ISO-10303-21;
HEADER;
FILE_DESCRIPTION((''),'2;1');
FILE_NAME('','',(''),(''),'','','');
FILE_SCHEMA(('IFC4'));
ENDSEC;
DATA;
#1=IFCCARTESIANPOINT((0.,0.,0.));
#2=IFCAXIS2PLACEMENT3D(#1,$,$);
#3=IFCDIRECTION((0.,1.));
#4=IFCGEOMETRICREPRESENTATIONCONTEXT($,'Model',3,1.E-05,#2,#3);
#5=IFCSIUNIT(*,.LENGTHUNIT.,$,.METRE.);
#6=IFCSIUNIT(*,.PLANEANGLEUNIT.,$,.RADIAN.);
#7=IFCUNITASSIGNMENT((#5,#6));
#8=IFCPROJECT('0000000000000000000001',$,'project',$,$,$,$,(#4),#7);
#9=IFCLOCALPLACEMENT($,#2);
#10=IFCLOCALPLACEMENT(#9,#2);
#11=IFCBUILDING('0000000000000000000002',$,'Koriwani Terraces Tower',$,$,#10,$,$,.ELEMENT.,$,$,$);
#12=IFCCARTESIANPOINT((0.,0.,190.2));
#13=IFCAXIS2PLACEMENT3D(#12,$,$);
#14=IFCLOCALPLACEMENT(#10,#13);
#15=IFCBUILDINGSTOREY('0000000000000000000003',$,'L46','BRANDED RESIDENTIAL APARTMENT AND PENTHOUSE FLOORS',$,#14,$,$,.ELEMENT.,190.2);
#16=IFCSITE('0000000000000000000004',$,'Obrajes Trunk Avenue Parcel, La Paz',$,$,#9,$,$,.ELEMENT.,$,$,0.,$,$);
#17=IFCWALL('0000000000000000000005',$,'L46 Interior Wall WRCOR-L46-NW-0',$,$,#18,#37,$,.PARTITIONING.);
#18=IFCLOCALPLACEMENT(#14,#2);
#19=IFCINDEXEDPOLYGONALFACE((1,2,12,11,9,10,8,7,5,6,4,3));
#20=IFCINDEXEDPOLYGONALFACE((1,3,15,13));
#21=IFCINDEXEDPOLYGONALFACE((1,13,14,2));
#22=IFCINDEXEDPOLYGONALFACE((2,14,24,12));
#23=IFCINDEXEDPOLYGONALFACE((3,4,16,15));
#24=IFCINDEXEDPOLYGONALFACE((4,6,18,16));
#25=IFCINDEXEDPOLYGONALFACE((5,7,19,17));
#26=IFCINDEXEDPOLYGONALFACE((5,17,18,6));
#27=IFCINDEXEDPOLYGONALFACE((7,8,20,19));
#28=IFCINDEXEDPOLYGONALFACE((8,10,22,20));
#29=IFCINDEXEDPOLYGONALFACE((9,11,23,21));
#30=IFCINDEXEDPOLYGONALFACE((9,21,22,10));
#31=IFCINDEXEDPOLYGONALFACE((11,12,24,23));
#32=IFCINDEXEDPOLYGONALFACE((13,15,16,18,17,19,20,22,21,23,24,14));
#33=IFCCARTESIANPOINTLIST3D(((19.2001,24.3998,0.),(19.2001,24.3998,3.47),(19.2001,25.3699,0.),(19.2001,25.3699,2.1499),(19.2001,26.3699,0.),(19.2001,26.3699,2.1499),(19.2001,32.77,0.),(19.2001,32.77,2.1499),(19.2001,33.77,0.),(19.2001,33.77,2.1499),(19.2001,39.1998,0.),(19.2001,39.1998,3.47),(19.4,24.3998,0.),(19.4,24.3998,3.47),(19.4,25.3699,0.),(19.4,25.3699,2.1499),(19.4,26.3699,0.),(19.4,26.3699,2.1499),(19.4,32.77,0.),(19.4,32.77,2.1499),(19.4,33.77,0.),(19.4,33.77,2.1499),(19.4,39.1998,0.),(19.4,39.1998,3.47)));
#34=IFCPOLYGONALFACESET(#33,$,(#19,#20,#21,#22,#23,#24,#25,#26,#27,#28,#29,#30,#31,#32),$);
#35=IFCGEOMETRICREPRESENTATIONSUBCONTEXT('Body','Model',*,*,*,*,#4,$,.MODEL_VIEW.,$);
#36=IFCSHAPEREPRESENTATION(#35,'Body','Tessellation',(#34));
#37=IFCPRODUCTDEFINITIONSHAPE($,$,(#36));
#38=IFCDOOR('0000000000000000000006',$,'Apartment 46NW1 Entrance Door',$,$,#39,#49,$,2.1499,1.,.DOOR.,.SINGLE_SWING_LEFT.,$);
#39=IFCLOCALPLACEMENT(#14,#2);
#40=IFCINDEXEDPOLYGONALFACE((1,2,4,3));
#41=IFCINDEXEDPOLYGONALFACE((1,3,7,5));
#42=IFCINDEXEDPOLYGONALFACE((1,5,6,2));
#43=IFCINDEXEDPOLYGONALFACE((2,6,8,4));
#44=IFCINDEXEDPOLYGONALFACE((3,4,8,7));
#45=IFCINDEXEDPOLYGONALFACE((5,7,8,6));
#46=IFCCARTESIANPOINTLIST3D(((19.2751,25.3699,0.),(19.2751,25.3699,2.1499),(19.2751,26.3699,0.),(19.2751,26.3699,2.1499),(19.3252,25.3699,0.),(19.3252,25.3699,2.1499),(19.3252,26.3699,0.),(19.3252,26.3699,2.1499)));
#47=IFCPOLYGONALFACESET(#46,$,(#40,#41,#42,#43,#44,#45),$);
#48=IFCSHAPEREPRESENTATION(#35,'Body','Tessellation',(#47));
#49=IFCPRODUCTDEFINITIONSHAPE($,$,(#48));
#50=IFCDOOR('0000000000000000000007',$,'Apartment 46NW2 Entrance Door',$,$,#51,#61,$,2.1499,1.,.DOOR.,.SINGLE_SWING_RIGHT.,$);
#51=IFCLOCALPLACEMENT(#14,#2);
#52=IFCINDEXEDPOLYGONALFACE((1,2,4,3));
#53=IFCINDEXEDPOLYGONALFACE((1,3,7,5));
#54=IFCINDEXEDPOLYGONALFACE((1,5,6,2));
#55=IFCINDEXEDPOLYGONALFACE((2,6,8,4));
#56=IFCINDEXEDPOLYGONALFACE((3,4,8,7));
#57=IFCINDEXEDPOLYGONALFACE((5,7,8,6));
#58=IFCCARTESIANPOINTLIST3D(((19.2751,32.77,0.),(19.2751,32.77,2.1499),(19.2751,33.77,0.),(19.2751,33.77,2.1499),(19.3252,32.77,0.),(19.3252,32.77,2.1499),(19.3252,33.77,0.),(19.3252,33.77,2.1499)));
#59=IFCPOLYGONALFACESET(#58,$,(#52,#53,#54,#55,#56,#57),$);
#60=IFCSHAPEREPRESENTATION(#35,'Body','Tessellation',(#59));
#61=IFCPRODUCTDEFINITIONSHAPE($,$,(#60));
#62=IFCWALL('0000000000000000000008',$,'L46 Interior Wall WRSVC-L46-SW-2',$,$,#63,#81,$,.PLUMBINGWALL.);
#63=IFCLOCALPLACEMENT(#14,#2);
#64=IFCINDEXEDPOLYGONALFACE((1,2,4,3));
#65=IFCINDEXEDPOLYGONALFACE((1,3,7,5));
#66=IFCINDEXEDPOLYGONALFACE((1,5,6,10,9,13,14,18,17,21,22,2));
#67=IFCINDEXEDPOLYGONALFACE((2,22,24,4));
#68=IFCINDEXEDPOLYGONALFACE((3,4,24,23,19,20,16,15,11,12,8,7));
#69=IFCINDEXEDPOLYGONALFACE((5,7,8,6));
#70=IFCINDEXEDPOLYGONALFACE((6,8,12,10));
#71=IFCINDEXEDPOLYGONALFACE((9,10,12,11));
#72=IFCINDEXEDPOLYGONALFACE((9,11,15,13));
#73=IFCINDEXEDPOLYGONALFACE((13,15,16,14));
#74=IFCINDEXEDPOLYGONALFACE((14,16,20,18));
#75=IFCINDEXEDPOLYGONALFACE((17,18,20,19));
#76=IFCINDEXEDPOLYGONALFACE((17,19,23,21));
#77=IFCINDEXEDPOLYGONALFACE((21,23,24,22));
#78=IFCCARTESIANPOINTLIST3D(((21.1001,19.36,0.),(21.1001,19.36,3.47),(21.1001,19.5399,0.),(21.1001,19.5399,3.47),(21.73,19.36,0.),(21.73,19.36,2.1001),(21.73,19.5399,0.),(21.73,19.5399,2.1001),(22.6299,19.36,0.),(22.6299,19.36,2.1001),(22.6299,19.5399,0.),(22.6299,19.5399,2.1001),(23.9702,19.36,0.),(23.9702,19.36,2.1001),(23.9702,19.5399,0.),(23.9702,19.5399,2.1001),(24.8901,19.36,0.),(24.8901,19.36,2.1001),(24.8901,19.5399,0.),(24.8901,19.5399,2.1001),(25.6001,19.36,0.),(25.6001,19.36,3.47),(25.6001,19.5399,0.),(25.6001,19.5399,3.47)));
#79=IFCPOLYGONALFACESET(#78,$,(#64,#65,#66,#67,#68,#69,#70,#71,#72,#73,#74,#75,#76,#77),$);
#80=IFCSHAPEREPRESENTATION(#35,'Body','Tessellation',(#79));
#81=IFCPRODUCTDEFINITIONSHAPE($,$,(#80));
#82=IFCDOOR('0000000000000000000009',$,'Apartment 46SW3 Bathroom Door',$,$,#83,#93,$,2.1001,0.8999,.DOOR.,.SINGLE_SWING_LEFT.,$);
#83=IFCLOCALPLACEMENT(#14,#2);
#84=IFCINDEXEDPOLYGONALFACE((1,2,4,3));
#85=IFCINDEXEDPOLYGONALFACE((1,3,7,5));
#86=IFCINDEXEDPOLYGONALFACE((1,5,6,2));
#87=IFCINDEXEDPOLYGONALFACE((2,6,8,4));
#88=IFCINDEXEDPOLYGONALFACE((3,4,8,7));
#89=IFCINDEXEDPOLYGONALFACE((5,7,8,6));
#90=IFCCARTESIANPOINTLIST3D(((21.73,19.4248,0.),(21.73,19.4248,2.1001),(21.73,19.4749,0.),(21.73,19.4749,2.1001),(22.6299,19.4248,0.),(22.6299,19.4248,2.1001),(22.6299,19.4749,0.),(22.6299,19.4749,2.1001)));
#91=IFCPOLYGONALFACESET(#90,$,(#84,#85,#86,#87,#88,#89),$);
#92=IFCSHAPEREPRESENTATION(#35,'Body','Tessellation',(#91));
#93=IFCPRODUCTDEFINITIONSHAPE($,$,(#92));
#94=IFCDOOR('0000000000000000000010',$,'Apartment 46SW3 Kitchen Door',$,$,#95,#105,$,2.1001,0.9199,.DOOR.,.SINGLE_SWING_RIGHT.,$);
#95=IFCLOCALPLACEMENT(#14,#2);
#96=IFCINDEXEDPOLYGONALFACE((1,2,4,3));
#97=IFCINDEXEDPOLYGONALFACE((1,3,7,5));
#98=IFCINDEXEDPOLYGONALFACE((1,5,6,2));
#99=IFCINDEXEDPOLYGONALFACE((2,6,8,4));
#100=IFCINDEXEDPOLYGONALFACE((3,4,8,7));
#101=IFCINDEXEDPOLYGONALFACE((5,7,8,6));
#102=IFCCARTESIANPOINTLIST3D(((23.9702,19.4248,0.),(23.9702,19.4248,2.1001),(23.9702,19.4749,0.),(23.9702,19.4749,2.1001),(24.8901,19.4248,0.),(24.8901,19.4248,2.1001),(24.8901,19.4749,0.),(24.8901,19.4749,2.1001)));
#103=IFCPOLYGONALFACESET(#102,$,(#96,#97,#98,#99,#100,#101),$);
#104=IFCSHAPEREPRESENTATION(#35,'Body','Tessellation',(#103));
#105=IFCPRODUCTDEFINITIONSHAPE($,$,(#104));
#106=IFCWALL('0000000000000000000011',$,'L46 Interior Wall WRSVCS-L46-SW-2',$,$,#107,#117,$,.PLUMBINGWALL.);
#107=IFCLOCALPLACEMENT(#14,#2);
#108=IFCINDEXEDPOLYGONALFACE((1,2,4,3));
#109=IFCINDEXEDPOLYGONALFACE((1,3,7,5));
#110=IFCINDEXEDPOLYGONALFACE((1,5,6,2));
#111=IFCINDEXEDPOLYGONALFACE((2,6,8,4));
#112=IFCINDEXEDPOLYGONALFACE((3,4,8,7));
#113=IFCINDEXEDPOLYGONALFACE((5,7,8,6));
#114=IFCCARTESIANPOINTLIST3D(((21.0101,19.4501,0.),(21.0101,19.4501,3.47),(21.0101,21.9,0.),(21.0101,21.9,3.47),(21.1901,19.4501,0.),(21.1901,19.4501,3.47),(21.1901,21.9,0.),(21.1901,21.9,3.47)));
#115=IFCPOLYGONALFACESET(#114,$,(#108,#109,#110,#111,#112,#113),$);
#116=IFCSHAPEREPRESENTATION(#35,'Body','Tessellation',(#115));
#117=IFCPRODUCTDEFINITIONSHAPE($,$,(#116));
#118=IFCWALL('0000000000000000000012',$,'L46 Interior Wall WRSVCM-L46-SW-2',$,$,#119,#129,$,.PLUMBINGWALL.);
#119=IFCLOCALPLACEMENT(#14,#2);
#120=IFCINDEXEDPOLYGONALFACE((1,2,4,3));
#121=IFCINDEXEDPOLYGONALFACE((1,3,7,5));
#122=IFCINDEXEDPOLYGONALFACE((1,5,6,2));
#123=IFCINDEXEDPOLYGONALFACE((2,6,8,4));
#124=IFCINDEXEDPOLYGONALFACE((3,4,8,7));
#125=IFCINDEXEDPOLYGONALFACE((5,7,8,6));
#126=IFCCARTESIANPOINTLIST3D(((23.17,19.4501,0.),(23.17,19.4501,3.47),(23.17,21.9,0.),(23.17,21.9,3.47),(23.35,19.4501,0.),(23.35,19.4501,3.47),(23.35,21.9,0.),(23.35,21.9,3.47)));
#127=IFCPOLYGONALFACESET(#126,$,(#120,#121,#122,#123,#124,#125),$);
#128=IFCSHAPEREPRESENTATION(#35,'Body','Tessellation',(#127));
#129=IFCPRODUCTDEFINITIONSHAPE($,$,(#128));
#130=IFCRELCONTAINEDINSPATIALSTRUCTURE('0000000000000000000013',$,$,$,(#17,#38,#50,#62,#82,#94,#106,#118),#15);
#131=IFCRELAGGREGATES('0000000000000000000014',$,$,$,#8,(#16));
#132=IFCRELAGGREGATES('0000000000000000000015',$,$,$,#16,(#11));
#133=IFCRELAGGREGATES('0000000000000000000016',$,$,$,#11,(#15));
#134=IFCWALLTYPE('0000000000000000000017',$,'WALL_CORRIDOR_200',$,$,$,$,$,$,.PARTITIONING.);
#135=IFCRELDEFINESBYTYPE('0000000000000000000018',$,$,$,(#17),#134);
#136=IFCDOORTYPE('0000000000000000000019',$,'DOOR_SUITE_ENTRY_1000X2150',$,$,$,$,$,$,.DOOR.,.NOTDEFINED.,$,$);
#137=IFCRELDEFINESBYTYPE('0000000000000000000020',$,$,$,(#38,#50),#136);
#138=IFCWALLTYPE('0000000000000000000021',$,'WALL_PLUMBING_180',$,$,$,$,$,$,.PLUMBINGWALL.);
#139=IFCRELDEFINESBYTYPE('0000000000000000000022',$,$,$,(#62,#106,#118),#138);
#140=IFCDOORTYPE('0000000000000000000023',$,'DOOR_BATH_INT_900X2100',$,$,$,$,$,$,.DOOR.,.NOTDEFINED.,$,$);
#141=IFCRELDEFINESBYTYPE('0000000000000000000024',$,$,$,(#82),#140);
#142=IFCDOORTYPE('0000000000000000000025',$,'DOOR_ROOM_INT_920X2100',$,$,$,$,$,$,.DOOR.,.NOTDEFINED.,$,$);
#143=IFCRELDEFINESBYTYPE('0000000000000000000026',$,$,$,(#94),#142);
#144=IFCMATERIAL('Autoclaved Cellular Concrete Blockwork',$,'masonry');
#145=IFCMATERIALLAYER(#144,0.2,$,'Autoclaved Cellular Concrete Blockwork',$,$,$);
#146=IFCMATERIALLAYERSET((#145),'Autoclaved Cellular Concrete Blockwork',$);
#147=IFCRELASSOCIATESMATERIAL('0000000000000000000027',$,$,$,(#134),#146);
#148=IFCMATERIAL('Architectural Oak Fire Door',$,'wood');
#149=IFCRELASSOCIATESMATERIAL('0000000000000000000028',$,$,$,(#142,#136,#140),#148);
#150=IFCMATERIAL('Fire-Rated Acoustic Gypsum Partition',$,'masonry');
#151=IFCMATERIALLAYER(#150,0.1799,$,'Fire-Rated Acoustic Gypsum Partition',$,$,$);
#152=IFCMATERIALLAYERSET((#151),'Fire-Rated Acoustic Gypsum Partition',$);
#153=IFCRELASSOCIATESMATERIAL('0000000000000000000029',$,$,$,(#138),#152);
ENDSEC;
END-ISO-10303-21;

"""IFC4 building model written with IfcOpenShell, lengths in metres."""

from ifc_helpers import new_model, si_unit, direction, frame, frame_2d, origin, place, context, subcontext, project, spatial, rectangle, extrude, material, layer, layer_set, type_object, element, fill, save


model = new_model("IFC4")

# Units and contexts
model_context = context("Model", 3, precision=1e-05, world=origin(), true_north=direction((0.0, 1.0)))
body_context = subcontext(model_context, "Body", "Model", "MODEL_VIEW")
ifc_project = project(units=[si_unit("LENGTHUNIT", "METRE"), si_unit("PLANEANGLEUNIT", "RADIAN")], contexts=[model_context])

# Site, building, storey
site_placement = place(None, origin())
site = spatial("IfcSite", under=ifc_project, at=site_placement, Name="Obrajes Trunk Avenue Parcel, La Paz", CompositionType="ELEMENT", RefElevation=0.0)
building_placement = place(site_placement, origin())
building = spatial("IfcBuilding", under=site, at=building_placement, Name="Koriwani Terraces Tower", CompositionType="ELEMENT")
storey_placement = place(building_placement, frame((0.0, 0.0, 190.2)))
storey = spatial("IfcBuildingStorey", under=building, at=storey_placement, Name="L46", Description="BRANDED RESIDENTIAL APARTMENT AND PENTHOUSE FLOORS", CompositionType="ELEMENT", Elevation=190.2)

# Shared definitions
ifc_material_1 = material(Name="Autoclaved Cellular Concrete Blockwork", Category="masonry")
ifc_layer_1 = layer(ifc_material_1, 0.2, Name="Autoclaved Cellular Concrete Blockwork")
ifc_layer_set_1 = layer_set([ifc_layer_1], Name="Autoclaved Cellular Concrete Blockwork")
wall_type_1 = type_object("IfcWallType", Name="WALL_CORRIDOR_200", PredefinedType="PARTITIONING", material=ifc_layer_set_1)
ifc_material_2 = material(Name="Architectural Oak Fire Door", Category="wood")
door_type_1 = type_object("IfcDoorType", Name="DOOR_ROOM_INT_920X2100", OperationType="NOTDEFINED", PredefinedType="DOOR", material=ifc_material_2)

# Walls, openings, doors
wall_1_placement = place(storey_placement, frame((19.3, 24.3999, 0.0), z_axis=(0.0, 0.0, 1.0), x_axis=(0.0, 1.0, 0.0)))
wall_1 = element("IfcWall", 1, at=wall_1_placement, inside=storey, type_object=wall_type_1, Name="L46 Interior Wall WRCOR-L46-NW-0", PredefinedType="PARTITIONING", context=body_context, shape_type="SweptSolid", body=[
    extrude(rectangle(XDim=14.8, YDim=0.2, at=frame_2d((7.3999, 0.0))), origin(), (0.0, 0.0, 1.0), 3.47),
])
opening_1_placement = place(wall_1_placement, frame((0.97, 0.0, 0.0)))
opening_1 = element("IfcOpeningElement", 2, at=opening_1_placement, cuts=wall_1, PredefinedType="OPENING", context=body_context, shape_type="SweptSolid", body=[
    extrude(rectangle(XDim=1.0, YDim=2.1499, at=frame_2d((0.5, 1.075))), frame((0.0, 0.1099, 0.0), z_axis=(0.0, -1.0, 0.0), x_axis=(1.0, 0.0, 0.0)), (0.0, 0.0, 1.0), 0.22),
])
opening_2_placement = place(wall_1_placement, frame((8.3701, 0.0, 0.0)))
opening_2 = element("IfcOpeningElement", 3, at=opening_2_placement, cuts=wall_1, PredefinedType="OPENING", context=body_context, shape_type="SweptSolid", body=[
    extrude(rectangle(XDim=1.0, YDim=2.1499, at=frame_2d((0.5, 1.075))), frame((0.0, 0.1099, 0.0), z_axis=(0.0, -1.0, 0.0), x_axis=(1.0, 0.0, 0.0)), (0.0, 0.0, 1.0), 0.22),
])
door_type_2 = type_object("IfcDoorType", Name="DOOR_SUITE_ENTRY_1000X2150", OperationType="NOTDEFINED", PredefinedType="DOOR", material=ifc_material_2)
door_1_placement = place(opening_1_placement, origin())
door_1 = element("IfcDoor", 4, at=door_1_placement, inside=storey, type_object=door_type_2, Name="Apartment 46NW1 Entrance Door", OperationType="SINGLE_SWING_LEFT", OverallHeight=2.1499, OverallWidth=1.0, PredefinedType="DOOR", context=body_context, shape_type="SweptSolid", body=[
    extrude(rectangle(XDim=1.0, YDim=2.1499, at=frame_2d((0.5, 1.075))), frame((0.0, 0.0249, 0.0), z_axis=(0.0, -1.0, 0.0), x_axis=(1.0, 0.0, 0.0)), (0.0, 0.0, 1.0), 0.05),
])
fill(opening_1, door_1)
door_2_placement = place(opening_2_placement, origin())
door_2 = element("IfcDoor", 5, at=door_2_placement, inside=storey, type_object=door_type_2, Name="Apartment 46NW2 Entrance Door", OperationType="SINGLE_SWING_RIGHT", OverallHeight=2.1499, OverallWidth=1.0, PredefinedType="DOOR", context=body_context, shape_type="SweptSolid", body=[
    extrude(rectangle(XDim=1.0, YDim=2.1499, at=frame_2d((0.5, 1.075))), frame((0.0, 0.0249, 0.0), z_axis=(0.0, -1.0, 0.0), x_axis=(1.0, 0.0, 0.0)), (0.0, 0.0, 1.0), 0.05),
])
fill(opening_2, door_2)
ifc_material_3 = material(Name="Fire-Rated Acoustic Gypsum Partition", Category="masonry")
ifc_layer_2 = layer(ifc_material_3, 0.1799, Name="Fire-Rated Acoustic Gypsum Partition")
ifc_layer_set_2 = layer_set([ifc_layer_2], Name="Fire-Rated Acoustic Gypsum Partition")
wall_type_2 = type_object("IfcWallType", Name="WALL_PLUMBING_180", PredefinedType="PLUMBINGWALL", material=ifc_layer_set_2)
wall_2_placement = place(storey_placement, frame((21.1001, 19.45, 0.0), z_axis=(0.0, 0.0, 1.0), x_axis=(1.0, 0.0, 0.0)))
wall_2 = element("IfcWall", 6, at=wall_2_placement, inside=storey, type_object=wall_type_2, Name="L46 Interior Wall WRSVC-L46-SW-2", PredefinedType="PLUMBINGWALL", context=body_context, shape_type="SweptSolid", body=[
    extrude(rectangle(XDim=4.5, YDim=0.1799, at=frame_2d((2.25, 0.0))), origin(), (0.0, 0.0, 1.0), 3.47),
])
opening_3_placement = place(wall_2_placement, frame((0.6299, 0.0, 0.0)))
opening_3 = element("IfcOpeningElement", 7, at=opening_3_placement, cuts=wall_2, PredefinedType="OPENING", context=body_context, shape_type="SweptSolid", body=[
    extrude(rectangle(XDim=0.8999, YDim=2.1001, at=frame_2d((0.45, 1.05))), frame((0.0, 0.1001, 0.0), z_axis=(0.0, -1.0, 0.0), x_axis=(1.0, 0.0, 0.0)), (0.0, 0.0, 1.0), 0.2),
])
opening_4_placement = place(wall_2_placement, frame((2.8701, 0.0, 0.0)))
opening_4 = element("IfcOpeningElement", 8, at=opening_4_placement, cuts=wall_2, PredefinedType="OPENING", context=body_context, shape_type="SweptSolid", body=[
    extrude(rectangle(XDim=0.9199, YDim=2.1001, at=frame_2d((0.46, 1.05))), frame((0.0, 0.1001, 0.0), z_axis=(0.0, -1.0, 0.0), x_axis=(1.0, 0.0, 0.0)), (0.0, 0.0, 1.0), 0.2),
])
door_type_3 = type_object("IfcDoorType", Name="DOOR_BATH_INT_900X2100", OperationType="NOTDEFINED", PredefinedType="DOOR", material=ifc_material_2)
door_3_placement = place(opening_3_placement, origin())
door_3 = element("IfcDoor", 9, at=door_3_placement, inside=storey, type_object=door_type_3, Name="Apartment 46SW3 Bathroom Door", OperationType="SINGLE_SWING_LEFT", OverallHeight=2.1001, OverallWidth=0.8999, PredefinedType="DOOR", context=body_context, shape_type="SweptSolid", body=[
    extrude(rectangle(XDim=0.8999, YDim=2.1001, at=frame_2d((0.45, 1.05))), frame((0.0, 0.0249, 0.0), z_axis=(0.0, -1.0, 0.0), x_axis=(1.0, 0.0, 0.0)), (0.0, 0.0, 1.0), 0.05),
])
fill(opening_3, door_3)
door_4_placement = place(opening_4_placement, origin())
door_4 = element("IfcDoor", 10, at=door_4_placement, inside=storey, type_object=door_type_1, Name="Apartment 46SW3 Kitchen Door", OperationType="SINGLE_SWING_RIGHT", OverallHeight=2.1001, OverallWidth=0.9199, PredefinedType="DOOR", context=body_context, shape_type="SweptSolid", body=[
    extrude(rectangle(XDim=0.9199, YDim=2.1001, at=frame_2d((0.46, 1.05))), frame((0.0, 0.0249, 0.0), z_axis=(0.0, -1.0, 0.0), x_axis=(1.0, 0.0, 0.0)), (0.0, 0.0, 1.0), 0.05),
])
fill(opening_4, door_4)

# Walls
for number, where, z_axis, x_axis, name in (
    (11, (21.1001, 19.45, 0.0), (0.0, 0.0, 1.0), (0.0, 1.0, 0.0), "L46 Interior Wall WRSVCS-L46-SW-2"),
    (12, (23.26, 19.45, 0.0), (0.0, 0.0, 1.0), (0.0, 1.0, 0.0), "L46 Interior Wall WRSVCM-L46-SW-2"),
):
    element("IfcWall", number, at=place(storey_placement, frame(where, z_axis=z_axis, x_axis=x_axis)), inside=storey, type_object=wall_type_2, Name=name, PredefinedType="PLUMBINGWALL", context=body_context, shape_type="SweptSolid", body=[
        extrude(rectangle(XDim=2.45, YDim=0.1799, at=frame_2d((1.2251, 0.0))), origin(), (0.0, 0.0, 1.0), 3.47),
    ])

save(model, "model.ifc")
